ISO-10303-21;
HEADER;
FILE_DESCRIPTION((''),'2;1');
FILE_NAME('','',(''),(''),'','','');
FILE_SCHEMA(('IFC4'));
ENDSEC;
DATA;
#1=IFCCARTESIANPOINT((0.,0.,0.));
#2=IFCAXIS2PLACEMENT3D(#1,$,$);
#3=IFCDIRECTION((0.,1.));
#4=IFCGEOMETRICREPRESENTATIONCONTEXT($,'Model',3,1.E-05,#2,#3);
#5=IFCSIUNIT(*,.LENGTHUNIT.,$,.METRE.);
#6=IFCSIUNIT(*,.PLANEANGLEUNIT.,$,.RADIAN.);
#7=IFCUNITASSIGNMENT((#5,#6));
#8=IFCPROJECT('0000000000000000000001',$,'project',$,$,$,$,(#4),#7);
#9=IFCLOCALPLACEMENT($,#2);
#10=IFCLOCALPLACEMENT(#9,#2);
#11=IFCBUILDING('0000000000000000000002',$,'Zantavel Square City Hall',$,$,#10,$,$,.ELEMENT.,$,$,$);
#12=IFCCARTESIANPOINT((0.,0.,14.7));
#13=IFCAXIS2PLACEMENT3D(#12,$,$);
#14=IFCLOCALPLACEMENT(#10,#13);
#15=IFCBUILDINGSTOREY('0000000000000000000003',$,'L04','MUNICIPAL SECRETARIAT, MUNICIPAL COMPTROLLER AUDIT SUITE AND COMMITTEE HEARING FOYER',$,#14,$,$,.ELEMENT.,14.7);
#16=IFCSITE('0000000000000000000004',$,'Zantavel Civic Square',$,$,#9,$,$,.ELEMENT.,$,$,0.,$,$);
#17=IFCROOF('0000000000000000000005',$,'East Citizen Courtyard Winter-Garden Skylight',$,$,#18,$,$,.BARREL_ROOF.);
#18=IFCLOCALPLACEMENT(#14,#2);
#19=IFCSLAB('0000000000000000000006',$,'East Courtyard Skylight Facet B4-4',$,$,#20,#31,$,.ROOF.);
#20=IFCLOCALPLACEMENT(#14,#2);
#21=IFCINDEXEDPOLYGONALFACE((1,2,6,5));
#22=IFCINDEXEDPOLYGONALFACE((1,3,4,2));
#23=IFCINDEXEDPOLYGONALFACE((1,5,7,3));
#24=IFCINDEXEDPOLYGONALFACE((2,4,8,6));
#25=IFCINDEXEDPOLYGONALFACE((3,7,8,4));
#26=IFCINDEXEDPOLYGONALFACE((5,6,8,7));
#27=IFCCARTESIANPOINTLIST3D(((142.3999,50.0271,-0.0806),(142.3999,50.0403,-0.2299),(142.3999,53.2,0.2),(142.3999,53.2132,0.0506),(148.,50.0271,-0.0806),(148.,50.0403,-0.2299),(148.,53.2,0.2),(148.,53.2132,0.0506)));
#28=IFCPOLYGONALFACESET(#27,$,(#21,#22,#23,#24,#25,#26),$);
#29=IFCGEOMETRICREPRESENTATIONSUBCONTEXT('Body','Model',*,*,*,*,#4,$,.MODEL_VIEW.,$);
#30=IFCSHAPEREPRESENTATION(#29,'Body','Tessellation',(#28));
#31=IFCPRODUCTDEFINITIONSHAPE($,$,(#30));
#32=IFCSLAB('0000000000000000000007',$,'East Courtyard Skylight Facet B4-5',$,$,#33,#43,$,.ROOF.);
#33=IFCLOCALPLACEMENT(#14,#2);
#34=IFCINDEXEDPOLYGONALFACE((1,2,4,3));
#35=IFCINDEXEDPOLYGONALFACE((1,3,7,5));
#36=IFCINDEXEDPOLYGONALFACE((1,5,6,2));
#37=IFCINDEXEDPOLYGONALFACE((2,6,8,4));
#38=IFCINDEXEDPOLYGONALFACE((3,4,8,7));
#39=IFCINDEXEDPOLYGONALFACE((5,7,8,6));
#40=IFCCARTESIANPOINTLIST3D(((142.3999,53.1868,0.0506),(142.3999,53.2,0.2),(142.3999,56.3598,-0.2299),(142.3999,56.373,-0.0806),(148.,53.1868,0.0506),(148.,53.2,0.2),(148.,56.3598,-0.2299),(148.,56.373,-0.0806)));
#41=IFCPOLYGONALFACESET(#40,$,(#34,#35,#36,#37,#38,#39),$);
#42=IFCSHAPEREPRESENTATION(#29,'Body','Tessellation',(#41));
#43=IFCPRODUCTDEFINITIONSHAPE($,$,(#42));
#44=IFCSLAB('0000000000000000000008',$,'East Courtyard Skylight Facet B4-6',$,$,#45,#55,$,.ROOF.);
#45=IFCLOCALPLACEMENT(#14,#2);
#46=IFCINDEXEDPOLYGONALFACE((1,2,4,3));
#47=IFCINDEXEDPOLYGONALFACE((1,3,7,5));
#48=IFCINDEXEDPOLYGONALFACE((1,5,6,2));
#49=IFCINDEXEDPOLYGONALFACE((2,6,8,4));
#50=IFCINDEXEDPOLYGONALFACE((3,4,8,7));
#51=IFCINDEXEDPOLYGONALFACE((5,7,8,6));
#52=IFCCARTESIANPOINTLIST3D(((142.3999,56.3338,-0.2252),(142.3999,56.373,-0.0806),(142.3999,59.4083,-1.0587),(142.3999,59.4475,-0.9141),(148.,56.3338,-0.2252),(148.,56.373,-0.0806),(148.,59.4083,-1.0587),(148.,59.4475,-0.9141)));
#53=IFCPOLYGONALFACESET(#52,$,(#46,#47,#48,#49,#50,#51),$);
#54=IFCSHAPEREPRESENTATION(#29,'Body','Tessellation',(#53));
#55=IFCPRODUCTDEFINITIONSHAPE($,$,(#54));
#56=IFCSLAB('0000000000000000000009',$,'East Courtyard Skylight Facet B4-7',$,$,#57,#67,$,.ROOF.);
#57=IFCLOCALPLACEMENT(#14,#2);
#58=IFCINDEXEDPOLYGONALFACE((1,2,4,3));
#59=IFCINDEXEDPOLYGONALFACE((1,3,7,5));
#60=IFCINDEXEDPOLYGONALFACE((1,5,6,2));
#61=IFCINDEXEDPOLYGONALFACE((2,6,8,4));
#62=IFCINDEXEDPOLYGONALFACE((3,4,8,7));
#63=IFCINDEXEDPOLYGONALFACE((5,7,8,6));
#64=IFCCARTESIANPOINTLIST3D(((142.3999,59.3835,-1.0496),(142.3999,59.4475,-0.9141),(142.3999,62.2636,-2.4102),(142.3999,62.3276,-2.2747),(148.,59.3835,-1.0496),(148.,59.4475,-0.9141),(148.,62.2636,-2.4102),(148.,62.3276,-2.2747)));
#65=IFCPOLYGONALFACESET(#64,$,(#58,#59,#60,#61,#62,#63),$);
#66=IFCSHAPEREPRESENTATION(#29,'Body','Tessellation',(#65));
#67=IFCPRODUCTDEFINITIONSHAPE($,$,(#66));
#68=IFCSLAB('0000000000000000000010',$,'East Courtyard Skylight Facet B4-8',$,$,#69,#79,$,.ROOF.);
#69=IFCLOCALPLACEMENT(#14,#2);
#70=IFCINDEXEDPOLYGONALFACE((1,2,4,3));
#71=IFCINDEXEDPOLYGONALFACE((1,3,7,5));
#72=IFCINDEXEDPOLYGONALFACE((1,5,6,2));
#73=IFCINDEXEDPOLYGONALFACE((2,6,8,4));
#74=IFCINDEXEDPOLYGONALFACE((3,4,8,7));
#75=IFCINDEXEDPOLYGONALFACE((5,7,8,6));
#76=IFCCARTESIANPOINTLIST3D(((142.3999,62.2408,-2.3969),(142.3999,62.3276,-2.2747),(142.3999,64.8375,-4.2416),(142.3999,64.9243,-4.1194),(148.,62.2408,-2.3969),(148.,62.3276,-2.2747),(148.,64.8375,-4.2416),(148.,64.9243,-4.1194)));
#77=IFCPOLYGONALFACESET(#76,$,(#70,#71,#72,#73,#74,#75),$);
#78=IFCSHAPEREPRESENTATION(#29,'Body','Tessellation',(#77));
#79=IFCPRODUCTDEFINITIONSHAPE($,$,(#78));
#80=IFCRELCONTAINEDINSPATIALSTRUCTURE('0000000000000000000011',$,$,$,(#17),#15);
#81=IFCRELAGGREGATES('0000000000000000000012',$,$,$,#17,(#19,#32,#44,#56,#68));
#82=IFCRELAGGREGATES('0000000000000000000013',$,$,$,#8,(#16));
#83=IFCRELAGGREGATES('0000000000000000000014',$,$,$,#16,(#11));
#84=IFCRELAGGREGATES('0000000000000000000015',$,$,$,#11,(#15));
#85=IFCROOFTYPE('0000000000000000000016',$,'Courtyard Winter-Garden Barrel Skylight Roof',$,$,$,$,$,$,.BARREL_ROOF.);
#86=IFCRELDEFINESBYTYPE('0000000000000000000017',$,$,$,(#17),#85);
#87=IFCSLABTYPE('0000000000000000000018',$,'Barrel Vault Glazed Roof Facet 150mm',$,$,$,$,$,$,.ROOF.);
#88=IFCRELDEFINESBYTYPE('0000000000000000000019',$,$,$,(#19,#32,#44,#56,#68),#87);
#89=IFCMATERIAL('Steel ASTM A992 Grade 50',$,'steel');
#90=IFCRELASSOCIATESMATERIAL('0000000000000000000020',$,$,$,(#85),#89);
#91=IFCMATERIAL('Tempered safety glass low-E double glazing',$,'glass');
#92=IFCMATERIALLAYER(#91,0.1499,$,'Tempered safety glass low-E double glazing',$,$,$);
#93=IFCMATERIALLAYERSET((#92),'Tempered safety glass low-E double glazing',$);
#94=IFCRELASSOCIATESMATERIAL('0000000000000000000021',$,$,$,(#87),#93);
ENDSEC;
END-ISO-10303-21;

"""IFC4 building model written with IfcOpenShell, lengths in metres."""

from ifc_helpers import new_model, si_unit, direction, frame, origin, place, context, subcontext, project, spatial, polyline, outline, extrude, material, layer, layer_set, type_object, element, aggregate, save


model = new_model("IFC4")

# Units and contexts
model_context = context("Model", 3, precision=1e-05, world=origin(), true_north=direction((0.0, 1.0)))
body_context = subcontext(model_context, "Body", "Model", "MODEL_VIEW")
ifc_project = project(units=[si_unit("LENGTHUNIT", "METRE"), si_unit("PLANEANGLEUNIT", "RADIAN")], contexts=[model_context])

# Site, building, storey
site_placement = place(None, origin())
site = spatial("IfcSite", under=ifc_project, at=site_placement, Name="Zantavel Civic Square", CompositionType="ELEMENT", RefElevation=0.0)
building_placement = place(site_placement, origin())
building = spatial("IfcBuilding", under=site, at=building_placement, Name="Zantavel Square City Hall", CompositionType="ELEMENT")
storey_placement = place(building_placement, frame((0.0, 0.0, 14.7)))
storey = spatial("IfcBuildingStorey", under=building, at=storey_placement, Name="L04", Description="MUNICIPAL SECRETARIAT, MUNICIPAL COMPTROLLER AUDIT SUITE AND COMMITTEE HEARING FOYER", CompositionType="ELEMENT", Elevation=14.7)

# Roof, slabs
ifc_material_1 = material(Name="Steel ASTM A992 Grade 50", Category="steel")
roof_type = type_object("IfcRoofType", Name="Courtyard Winter-Garden Barrel Skylight Roof", PredefinedType="BARREL_ROOF", material=ifc_material_1)
roof_placement = place(storey_placement, origin())
roof = element("IfcRoof", 1, at=roof_placement, inside=storey, type_object=roof_type, Name="East Citizen Courtyard Winter-Garden Skylight", PredefinedType="BARREL_ROOF")
ifc_material_2 = material(Name="Tempered safety glass low-E double glazing", Category="glass")
ifc_layer = layer(ifc_material_2, 0.1499, Name="Tempered safety glass low-E double glazing")
ifc_layer_set = layer_set([ifc_layer], Name="Tempered safety glass low-E double glazing")
slab_type = type_object("IfcSlabType", Name="Barrel Vault Glazed Roof Facet 150mm", PredefinedType="ROOF", material=ifc_layer_set)
slab_1_placement = place(storey_placement, frame((142.3999, 50.0271, -0.0806), z_axis=(0.0, -0.088068, 0.996114), x_axis=(1.0, 0.0, 0.0)))
slab_1 = element("IfcSlab", 2, at=slab_1_placement, type_object=slab_type, Name="East Courtyard Skylight Facet B4-4", PredefinedType="ROOF", context=body_context, shape_type="SweptSolid", body=[
    extrude(outline(polyline([(0.0, 0.0), (5.6001, 0.0), (5.6001, 3.1852), (0.0, 3.1852), (0.0, 0.0)])), origin(), (0.0, 0.0, -1.0), 0.1499),
])
slab_2_placement = place(storey_placement, frame((142.3999, 53.2, 0.2), z_axis=(0.0, 0.088062, 0.996115), x_axis=(1.0, 0.0, 0.0)))
slab_2 = element("IfcSlab", 3, at=slab_2_placement, type_object=slab_type, Name="East Courtyard Skylight Facet B4-5", PredefinedType="ROOF", context=body_context, shape_type="SweptSolid", body=[
    extrude(outline(polyline([(0.0, 0.0), (5.6001, 0.0), (5.6001, 3.1855), (0.0, 3.1855), (0.0, 0.0)])), origin(), (0.0, 0.0, -1.0), 0.1499),
])
slab_3_placement = place(storey_placement, frame((142.3999, 56.373, -0.0806), z_axis=(0.0, 0.261658, 0.965161), x_axis=(1.0, 0.0, 0.0)))
slab_3 = element("IfcSlab", 4, at=slab_3_placement, type_object=slab_type, Name="East Courtyard Skylight Facet B4-6", PredefinedType="ROOF", context=body_context, shape_type="SweptSolid", body=[
    extrude(outline(polyline([(0.0, 0.0), (5.6001, 0.0), (5.6001, 3.1854), (0.0, 3.1854), (0.0, 0.0)])), origin(), (0.0, 0.0, -1.0), 0.1499),
])
slab_4_placement = place(storey_placement, frame((142.3999, 59.4475, -0.9141), z_axis=(0.0, 0.427144, 0.904184), x_axis=(1.0, 0.0, 0.0)))
slab_4 = element("IfcSlab", 5, at=slab_4_placement, type_object=slab_type, Name="East Courtyard Skylight Facet B4-7", PredefinedType="ROOF", context=body_context, shape_type="SweptSolid", body=[
    extrude(outline(polyline([(0.0, 0.0), (5.6001, 0.0), (5.6001, 3.1853), (0.0, 3.1853), (0.0, 0.0)])), origin(), (0.0, 0.0, -1.0), 0.1499),
])
slab_5_placement = place(storey_placement, frame((142.3999, 62.3276, -2.2747), z_axis=(0.0, 0.579148, 0.815222), x_axis=(1.0, 0.0, 0.0)))
slab_5 = element("IfcSlab", 6, at=slab_5_placement, type_object=slab_type, Name="East Courtyard Skylight Facet B4-8", PredefinedType="ROOF", context=body_context, shape_type="SweptSolid", body=[
    extrude(outline(polyline([(0.0, 0.0), (5.6001, 0.0), (5.6001, 3.1852), (0.0, 3.1852), (0.0, 0.0)])), origin(), (0.0, 0.0, -1.0), 0.1499),
])
aggregate(roof, [slab_1, slab_2, slab_3, slab_4, slab_5])

save(model, "model.ifc")
